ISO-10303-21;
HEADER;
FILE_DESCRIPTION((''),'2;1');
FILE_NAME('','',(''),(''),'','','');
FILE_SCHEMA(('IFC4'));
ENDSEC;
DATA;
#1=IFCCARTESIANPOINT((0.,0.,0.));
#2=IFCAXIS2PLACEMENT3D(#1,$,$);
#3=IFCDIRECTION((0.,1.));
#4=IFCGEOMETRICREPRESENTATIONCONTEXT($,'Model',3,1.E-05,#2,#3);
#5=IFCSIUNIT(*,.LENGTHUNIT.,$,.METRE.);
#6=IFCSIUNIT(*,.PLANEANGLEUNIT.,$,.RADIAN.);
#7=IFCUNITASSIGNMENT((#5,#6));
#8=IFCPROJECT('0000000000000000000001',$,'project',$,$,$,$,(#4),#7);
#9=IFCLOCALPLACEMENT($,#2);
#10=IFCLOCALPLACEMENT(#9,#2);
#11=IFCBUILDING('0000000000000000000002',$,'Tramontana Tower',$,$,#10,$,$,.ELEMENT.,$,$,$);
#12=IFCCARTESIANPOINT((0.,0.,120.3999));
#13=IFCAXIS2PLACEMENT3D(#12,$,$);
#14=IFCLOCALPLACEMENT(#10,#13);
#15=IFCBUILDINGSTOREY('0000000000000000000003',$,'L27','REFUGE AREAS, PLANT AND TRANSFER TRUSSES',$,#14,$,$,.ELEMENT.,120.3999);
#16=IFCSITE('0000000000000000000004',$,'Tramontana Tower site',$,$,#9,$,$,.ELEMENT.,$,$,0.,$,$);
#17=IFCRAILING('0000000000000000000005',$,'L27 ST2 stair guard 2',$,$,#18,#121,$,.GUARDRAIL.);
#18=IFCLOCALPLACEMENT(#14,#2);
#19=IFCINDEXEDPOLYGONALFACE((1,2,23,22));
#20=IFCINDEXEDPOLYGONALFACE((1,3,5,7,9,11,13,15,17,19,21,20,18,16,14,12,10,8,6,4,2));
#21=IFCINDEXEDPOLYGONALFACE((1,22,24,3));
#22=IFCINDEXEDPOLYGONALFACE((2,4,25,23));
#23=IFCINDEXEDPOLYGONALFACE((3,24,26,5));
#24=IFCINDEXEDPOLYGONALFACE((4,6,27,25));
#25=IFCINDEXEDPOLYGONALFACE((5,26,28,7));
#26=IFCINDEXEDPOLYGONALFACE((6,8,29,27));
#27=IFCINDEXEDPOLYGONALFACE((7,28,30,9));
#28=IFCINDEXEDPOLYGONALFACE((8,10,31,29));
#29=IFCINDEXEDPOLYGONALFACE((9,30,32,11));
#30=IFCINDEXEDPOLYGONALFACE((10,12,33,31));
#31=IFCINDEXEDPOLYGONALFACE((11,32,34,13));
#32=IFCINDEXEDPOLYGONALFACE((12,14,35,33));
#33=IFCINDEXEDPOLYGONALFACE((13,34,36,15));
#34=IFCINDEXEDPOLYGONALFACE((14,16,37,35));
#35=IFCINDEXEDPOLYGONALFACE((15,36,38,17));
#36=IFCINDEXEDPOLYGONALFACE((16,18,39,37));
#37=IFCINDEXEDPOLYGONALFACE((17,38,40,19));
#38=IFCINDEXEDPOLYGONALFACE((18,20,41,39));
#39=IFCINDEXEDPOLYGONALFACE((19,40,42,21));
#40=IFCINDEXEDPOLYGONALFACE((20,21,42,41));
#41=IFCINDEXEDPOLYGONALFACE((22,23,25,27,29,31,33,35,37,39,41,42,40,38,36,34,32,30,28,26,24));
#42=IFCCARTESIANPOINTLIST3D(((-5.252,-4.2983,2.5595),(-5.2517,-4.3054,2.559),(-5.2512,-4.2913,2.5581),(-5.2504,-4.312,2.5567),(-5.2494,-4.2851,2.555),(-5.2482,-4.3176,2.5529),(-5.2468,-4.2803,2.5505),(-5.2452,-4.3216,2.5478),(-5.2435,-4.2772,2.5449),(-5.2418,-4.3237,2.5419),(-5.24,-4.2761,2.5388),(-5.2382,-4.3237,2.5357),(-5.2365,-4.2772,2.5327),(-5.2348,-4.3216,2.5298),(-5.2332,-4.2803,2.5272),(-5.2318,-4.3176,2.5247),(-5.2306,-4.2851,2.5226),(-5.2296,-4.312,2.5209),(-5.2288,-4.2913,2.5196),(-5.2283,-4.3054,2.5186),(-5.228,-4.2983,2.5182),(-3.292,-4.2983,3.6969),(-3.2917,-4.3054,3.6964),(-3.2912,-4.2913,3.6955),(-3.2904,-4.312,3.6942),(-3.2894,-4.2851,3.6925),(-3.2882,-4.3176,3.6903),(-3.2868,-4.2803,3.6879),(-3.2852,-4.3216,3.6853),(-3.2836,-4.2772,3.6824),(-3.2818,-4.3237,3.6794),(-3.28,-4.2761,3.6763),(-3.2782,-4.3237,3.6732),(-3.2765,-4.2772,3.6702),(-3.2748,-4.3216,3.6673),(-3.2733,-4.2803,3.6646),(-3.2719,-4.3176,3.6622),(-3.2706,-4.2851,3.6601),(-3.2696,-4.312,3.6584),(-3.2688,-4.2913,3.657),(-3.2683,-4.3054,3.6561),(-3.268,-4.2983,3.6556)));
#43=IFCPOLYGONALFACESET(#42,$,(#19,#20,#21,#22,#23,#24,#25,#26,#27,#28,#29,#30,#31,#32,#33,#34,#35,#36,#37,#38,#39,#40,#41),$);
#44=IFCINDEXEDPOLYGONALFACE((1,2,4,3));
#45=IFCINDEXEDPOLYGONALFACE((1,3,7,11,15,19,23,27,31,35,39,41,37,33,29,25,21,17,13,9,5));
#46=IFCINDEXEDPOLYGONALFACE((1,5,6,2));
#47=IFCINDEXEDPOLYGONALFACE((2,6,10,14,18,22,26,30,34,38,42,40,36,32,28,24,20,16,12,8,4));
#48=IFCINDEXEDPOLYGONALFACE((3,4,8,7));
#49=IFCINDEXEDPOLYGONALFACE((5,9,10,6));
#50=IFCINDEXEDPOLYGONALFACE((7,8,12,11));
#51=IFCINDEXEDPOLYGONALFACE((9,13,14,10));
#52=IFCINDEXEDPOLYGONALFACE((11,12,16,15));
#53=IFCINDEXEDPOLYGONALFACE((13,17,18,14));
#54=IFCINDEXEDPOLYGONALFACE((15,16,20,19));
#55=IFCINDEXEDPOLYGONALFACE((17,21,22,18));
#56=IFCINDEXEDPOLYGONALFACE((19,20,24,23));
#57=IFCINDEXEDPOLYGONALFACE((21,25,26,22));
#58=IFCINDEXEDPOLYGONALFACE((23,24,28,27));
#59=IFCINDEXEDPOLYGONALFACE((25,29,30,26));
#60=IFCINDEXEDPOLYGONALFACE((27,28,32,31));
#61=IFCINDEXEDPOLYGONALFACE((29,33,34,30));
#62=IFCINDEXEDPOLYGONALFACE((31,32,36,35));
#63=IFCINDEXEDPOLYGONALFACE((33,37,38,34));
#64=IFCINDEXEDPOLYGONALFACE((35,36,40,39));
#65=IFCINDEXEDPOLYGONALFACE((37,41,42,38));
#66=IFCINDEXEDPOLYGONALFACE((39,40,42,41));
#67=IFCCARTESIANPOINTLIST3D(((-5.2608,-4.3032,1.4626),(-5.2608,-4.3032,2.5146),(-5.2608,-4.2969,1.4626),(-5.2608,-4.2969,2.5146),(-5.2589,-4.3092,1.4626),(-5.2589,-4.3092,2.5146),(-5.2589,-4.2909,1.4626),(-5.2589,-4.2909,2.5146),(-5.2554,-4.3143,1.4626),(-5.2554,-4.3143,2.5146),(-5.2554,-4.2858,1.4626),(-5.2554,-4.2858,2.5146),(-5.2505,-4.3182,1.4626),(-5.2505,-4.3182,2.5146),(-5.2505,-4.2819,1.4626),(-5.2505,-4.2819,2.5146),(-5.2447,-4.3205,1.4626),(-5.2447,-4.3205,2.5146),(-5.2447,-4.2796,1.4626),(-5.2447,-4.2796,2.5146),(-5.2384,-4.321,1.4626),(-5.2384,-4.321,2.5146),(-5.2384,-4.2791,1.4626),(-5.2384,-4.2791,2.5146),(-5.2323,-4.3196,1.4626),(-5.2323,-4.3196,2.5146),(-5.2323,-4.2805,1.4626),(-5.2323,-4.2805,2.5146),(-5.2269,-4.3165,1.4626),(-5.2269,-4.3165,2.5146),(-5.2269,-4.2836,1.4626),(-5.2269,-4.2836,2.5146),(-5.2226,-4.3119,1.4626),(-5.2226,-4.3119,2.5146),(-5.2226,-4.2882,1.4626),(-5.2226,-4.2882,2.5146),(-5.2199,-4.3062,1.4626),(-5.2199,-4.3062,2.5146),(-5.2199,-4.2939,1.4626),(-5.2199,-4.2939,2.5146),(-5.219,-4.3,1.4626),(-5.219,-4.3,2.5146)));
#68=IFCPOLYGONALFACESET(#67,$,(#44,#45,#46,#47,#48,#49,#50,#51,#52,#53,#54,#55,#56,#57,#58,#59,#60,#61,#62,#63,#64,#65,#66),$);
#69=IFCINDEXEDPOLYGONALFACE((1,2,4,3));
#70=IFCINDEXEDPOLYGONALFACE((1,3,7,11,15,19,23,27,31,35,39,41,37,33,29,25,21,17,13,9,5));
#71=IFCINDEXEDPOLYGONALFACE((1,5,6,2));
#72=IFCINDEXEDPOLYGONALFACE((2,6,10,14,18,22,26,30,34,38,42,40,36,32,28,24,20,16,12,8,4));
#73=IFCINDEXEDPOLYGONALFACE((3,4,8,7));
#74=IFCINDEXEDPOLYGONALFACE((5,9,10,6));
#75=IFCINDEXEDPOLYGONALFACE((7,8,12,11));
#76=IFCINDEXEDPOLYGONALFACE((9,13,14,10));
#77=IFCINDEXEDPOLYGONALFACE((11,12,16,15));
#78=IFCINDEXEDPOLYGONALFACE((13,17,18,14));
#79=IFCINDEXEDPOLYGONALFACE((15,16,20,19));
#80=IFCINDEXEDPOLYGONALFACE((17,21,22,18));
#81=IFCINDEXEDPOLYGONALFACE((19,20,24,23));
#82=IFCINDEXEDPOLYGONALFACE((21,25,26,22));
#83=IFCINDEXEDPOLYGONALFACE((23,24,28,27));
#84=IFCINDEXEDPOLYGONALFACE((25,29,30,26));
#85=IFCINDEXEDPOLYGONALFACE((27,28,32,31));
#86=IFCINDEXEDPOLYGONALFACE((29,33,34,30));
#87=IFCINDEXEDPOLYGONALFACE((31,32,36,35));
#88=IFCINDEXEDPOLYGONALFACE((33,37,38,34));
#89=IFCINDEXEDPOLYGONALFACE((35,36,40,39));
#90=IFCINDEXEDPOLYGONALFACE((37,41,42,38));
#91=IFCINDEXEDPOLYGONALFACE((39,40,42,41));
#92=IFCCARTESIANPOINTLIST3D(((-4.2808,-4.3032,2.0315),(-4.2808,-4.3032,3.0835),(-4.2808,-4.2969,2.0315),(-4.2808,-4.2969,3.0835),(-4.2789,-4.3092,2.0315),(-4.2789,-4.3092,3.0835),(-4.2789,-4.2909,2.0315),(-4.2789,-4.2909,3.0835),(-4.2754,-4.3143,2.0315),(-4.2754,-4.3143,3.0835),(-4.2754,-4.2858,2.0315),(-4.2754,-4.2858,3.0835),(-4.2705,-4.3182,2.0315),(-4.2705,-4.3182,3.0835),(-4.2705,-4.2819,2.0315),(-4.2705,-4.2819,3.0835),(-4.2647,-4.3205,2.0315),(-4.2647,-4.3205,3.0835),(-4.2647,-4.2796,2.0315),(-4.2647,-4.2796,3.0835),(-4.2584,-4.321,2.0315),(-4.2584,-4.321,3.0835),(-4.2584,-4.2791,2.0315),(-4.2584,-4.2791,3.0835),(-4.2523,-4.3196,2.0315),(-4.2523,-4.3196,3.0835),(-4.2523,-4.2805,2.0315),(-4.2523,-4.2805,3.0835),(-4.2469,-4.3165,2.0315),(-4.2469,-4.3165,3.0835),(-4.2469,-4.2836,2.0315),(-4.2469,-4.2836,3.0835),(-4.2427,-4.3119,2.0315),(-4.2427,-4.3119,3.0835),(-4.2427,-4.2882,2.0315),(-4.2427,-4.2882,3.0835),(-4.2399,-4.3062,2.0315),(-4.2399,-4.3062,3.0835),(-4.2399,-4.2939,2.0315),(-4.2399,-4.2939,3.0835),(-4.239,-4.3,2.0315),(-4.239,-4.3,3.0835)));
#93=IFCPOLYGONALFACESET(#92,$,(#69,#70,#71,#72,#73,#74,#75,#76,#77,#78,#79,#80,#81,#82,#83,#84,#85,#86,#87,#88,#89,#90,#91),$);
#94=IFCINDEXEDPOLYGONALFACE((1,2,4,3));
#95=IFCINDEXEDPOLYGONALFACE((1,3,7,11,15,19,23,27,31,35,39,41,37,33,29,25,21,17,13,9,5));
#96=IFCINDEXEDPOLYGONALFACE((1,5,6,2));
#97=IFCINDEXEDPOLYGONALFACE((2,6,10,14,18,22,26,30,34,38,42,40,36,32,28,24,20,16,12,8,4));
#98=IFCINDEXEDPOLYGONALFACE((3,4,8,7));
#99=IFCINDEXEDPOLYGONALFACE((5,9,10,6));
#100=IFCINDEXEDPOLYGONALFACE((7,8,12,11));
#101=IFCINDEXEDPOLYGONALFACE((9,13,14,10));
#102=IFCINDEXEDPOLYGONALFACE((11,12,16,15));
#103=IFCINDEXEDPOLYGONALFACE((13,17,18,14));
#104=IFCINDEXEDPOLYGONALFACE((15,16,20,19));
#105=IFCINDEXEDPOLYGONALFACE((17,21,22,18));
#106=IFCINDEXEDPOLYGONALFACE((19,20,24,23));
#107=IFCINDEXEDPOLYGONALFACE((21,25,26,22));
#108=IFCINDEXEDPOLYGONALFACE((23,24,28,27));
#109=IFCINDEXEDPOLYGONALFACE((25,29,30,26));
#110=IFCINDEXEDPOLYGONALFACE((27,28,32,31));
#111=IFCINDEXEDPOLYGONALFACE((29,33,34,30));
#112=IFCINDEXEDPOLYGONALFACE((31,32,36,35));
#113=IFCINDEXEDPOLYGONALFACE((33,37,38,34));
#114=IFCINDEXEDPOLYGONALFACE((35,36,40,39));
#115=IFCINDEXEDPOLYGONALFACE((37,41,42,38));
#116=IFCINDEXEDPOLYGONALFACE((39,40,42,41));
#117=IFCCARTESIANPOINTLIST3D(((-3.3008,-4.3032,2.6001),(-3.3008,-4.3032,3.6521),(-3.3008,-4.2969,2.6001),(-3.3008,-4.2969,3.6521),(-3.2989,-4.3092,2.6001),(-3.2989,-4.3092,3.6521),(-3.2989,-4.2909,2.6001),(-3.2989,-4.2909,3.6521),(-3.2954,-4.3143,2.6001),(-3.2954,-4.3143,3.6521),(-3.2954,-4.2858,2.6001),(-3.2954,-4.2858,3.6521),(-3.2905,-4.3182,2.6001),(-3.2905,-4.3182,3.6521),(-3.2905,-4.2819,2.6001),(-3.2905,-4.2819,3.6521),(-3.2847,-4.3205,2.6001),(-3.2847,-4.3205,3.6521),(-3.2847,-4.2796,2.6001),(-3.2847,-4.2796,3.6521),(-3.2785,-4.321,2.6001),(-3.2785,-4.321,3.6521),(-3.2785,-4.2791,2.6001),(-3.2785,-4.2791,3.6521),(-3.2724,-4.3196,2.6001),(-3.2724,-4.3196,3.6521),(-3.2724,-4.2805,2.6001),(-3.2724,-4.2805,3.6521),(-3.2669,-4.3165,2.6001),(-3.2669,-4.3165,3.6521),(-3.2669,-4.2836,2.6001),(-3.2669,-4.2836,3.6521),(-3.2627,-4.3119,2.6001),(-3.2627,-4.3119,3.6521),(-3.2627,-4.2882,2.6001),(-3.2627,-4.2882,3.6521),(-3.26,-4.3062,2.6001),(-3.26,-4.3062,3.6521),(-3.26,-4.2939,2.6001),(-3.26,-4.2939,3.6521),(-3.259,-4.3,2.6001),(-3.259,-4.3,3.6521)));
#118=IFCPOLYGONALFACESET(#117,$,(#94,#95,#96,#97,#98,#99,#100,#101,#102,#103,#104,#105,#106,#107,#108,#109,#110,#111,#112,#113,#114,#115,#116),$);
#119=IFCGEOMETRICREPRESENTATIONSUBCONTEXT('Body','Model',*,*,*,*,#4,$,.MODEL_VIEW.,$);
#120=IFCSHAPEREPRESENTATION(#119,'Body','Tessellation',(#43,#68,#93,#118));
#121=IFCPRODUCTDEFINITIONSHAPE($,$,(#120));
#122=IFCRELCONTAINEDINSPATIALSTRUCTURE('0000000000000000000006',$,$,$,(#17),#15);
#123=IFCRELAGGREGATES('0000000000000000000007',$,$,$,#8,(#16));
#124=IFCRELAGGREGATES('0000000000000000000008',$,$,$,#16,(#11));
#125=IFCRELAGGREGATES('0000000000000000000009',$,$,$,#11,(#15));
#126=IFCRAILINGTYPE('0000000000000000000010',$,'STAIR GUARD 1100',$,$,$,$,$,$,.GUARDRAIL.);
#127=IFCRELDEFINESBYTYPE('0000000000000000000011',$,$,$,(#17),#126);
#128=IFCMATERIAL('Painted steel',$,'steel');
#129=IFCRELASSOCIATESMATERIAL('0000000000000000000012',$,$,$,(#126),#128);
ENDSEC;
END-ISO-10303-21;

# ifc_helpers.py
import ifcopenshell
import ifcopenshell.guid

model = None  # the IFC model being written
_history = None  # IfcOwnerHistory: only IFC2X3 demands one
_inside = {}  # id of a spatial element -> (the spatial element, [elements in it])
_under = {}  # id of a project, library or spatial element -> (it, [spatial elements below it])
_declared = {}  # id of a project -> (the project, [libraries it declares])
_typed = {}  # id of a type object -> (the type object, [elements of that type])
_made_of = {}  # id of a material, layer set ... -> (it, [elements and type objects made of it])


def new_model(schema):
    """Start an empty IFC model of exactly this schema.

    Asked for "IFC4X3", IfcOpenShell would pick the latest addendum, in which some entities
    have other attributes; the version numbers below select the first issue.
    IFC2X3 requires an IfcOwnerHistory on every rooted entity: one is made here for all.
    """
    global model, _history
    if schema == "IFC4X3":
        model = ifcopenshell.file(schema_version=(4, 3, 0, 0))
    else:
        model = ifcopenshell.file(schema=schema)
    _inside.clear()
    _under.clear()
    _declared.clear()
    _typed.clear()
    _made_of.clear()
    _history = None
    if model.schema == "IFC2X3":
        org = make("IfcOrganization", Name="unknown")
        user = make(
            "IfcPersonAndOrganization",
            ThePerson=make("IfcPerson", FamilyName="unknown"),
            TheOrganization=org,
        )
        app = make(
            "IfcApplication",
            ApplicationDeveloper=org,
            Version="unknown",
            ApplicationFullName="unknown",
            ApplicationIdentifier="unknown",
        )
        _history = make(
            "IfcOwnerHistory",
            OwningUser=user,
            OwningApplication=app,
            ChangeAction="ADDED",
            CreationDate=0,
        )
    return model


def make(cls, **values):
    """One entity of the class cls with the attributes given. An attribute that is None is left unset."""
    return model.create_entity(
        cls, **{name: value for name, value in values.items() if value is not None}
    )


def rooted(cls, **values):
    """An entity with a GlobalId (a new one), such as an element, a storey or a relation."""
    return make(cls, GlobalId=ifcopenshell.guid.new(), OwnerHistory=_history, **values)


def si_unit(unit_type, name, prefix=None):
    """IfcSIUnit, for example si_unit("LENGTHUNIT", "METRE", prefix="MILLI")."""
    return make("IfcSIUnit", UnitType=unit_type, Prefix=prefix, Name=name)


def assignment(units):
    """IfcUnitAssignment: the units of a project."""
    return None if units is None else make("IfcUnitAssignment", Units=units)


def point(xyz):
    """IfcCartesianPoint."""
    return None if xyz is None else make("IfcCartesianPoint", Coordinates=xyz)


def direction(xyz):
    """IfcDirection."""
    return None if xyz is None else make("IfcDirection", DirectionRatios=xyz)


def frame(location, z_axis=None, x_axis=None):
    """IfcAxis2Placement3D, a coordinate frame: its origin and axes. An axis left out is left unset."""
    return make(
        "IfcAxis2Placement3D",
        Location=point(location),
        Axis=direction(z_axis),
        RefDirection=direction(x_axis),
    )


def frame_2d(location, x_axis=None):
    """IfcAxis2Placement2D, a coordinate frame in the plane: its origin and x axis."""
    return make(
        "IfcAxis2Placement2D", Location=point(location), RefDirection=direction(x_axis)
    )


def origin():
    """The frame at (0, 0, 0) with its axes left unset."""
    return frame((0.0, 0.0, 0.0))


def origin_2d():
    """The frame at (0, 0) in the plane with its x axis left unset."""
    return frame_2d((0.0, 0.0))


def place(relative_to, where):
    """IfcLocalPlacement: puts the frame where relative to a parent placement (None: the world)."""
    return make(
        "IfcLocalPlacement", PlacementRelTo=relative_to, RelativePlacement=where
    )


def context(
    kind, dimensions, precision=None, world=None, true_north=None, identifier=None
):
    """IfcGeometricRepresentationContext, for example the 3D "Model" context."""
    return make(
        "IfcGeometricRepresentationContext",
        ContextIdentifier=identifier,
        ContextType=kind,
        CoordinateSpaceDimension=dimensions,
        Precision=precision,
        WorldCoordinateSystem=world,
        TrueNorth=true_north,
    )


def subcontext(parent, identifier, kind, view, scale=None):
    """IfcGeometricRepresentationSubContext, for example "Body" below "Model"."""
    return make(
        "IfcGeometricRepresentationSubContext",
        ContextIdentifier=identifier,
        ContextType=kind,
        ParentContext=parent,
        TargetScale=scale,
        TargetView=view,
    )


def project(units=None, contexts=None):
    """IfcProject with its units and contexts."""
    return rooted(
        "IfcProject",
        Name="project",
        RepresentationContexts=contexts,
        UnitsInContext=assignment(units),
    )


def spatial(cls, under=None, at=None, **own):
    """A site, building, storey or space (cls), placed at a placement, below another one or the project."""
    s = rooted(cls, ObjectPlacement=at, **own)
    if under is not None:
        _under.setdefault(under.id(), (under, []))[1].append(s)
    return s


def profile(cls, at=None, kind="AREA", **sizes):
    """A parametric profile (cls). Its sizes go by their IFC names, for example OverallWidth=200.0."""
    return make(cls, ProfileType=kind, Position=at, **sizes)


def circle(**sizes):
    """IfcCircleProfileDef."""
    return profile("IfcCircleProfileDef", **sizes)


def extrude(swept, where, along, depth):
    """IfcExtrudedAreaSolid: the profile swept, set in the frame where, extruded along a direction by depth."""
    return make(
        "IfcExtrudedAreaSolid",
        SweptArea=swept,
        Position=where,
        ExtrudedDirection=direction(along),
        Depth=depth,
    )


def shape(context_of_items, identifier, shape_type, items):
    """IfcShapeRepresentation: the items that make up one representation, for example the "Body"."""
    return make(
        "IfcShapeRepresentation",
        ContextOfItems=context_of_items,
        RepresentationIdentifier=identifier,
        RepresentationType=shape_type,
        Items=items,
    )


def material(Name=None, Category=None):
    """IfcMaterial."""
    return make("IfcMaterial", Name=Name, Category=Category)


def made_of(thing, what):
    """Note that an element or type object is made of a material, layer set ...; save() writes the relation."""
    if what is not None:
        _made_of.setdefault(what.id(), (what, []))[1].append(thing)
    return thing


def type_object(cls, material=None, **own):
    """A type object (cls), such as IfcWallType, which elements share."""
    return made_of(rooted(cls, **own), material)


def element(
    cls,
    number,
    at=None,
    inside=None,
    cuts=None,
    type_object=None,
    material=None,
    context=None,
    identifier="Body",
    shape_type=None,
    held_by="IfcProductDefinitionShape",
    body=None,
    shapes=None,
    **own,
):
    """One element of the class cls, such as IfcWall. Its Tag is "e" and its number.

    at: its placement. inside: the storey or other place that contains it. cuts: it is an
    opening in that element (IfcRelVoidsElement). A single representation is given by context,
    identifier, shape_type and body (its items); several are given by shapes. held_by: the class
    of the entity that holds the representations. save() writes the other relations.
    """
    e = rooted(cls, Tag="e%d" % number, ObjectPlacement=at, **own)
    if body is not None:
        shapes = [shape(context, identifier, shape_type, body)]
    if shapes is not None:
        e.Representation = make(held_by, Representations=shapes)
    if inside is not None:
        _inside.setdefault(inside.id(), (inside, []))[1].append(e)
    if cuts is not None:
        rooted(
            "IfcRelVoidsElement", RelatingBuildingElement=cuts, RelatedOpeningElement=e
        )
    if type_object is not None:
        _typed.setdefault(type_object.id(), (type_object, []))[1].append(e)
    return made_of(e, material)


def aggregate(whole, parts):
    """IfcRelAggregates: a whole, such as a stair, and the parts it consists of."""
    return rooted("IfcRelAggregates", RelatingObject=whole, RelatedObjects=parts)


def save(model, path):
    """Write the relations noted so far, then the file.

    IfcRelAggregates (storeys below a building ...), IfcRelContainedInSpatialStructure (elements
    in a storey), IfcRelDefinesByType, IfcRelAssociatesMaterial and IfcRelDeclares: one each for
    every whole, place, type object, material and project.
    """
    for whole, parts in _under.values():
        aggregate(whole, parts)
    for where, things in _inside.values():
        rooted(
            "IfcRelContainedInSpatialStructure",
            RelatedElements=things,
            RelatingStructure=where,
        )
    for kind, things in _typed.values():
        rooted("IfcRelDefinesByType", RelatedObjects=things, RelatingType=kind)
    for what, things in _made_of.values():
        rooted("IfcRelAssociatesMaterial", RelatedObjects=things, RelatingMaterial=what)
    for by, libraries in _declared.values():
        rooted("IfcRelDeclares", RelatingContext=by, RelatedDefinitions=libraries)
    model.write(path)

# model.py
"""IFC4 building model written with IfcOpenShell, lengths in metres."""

from ifc_helpers import new_model, si_unit, direction, frame, origin, origin_2d, place, context, subcontext, project, spatial, circle, extrude, material, type_object, element, save


model = new_model("IFC4")

# Units and contexts
model_context = context("Model", 3, precision=1e-05, world=origin(), true_north=direction((0.0, 1.0)))
body_context = subcontext(model_context, "Body", "Model", "MODEL_VIEW")
ifc_project = project(units=[si_unit("LENGTHUNIT", "METRE"), si_unit("PLANEANGLEUNIT", "RADIAN")], contexts=[model_context])

# Site, building, storey
site_placement = place(None, origin())
site = spatial("IfcSite", under=ifc_project, at=site_placement, Name="Tramontana Tower site", CompositionType="ELEMENT", RefElevation=0.0)
building_placement = place(site_placement, origin())
building = spatial("IfcBuilding", under=site, at=building_placement, Name="Tramontana Tower", CompositionType="ELEMENT")
storey_placement = place(building_placement, frame((0.0, 0.0, 120.3999)))
storey = spatial("IfcBuildingStorey", under=building, at=storey_placement, Name="L27", Description="REFUGE AREAS, PLANT AND TRANSFER TRUSSES", CompositionType="ELEMENT", Elevation=120.3999)

# Railing
ifc_material_1 = material(Name="Painted steel", Category="steel")
railing_type_1 = type_object("IfcRailingType", Name="STAIR GUARD 1100", PredefinedType="GUARDRAIL", material=ifc_material_1)
railing_1_placement = place(storey_placement, frame((-5.24, -4.3, 1.4626)))
element("IfcRailing", 1, at=railing_1_placement, inside=storey, type_object=railing_type_1, Name="L27 ST2 stair guard 2", PredefinedType="GUARDRAIL", context=body_context, shape_type="SweptSolid", body=[
    extrude(circle(Radius=0.0239, at=origin_2d()), frame((0.0, 0.0, 1.0762), z_axis=(0.864902, 0.0, 0.501941), x_axis=(0.0, 1.0, 0.0)), (0.0, 0.0, 1.0), 2.2661),
    extrude(circle(Radius=0.021, at=origin_2d()), origin(), (0.0, 0.0, 1.0), 1.052),
    extrude(circle(Radius=0.021, at=origin_2d()), frame((0.98, 0.0, 0.5688)), (0.0, 0.0, 1.0), 1.052),
    extrude(circle(Radius=0.021, at=origin_2d()), frame((1.96, 0.0, 1.1375)), (0.0, 0.0, 1.0), 1.052),
])

save(model, "model.ifc")
